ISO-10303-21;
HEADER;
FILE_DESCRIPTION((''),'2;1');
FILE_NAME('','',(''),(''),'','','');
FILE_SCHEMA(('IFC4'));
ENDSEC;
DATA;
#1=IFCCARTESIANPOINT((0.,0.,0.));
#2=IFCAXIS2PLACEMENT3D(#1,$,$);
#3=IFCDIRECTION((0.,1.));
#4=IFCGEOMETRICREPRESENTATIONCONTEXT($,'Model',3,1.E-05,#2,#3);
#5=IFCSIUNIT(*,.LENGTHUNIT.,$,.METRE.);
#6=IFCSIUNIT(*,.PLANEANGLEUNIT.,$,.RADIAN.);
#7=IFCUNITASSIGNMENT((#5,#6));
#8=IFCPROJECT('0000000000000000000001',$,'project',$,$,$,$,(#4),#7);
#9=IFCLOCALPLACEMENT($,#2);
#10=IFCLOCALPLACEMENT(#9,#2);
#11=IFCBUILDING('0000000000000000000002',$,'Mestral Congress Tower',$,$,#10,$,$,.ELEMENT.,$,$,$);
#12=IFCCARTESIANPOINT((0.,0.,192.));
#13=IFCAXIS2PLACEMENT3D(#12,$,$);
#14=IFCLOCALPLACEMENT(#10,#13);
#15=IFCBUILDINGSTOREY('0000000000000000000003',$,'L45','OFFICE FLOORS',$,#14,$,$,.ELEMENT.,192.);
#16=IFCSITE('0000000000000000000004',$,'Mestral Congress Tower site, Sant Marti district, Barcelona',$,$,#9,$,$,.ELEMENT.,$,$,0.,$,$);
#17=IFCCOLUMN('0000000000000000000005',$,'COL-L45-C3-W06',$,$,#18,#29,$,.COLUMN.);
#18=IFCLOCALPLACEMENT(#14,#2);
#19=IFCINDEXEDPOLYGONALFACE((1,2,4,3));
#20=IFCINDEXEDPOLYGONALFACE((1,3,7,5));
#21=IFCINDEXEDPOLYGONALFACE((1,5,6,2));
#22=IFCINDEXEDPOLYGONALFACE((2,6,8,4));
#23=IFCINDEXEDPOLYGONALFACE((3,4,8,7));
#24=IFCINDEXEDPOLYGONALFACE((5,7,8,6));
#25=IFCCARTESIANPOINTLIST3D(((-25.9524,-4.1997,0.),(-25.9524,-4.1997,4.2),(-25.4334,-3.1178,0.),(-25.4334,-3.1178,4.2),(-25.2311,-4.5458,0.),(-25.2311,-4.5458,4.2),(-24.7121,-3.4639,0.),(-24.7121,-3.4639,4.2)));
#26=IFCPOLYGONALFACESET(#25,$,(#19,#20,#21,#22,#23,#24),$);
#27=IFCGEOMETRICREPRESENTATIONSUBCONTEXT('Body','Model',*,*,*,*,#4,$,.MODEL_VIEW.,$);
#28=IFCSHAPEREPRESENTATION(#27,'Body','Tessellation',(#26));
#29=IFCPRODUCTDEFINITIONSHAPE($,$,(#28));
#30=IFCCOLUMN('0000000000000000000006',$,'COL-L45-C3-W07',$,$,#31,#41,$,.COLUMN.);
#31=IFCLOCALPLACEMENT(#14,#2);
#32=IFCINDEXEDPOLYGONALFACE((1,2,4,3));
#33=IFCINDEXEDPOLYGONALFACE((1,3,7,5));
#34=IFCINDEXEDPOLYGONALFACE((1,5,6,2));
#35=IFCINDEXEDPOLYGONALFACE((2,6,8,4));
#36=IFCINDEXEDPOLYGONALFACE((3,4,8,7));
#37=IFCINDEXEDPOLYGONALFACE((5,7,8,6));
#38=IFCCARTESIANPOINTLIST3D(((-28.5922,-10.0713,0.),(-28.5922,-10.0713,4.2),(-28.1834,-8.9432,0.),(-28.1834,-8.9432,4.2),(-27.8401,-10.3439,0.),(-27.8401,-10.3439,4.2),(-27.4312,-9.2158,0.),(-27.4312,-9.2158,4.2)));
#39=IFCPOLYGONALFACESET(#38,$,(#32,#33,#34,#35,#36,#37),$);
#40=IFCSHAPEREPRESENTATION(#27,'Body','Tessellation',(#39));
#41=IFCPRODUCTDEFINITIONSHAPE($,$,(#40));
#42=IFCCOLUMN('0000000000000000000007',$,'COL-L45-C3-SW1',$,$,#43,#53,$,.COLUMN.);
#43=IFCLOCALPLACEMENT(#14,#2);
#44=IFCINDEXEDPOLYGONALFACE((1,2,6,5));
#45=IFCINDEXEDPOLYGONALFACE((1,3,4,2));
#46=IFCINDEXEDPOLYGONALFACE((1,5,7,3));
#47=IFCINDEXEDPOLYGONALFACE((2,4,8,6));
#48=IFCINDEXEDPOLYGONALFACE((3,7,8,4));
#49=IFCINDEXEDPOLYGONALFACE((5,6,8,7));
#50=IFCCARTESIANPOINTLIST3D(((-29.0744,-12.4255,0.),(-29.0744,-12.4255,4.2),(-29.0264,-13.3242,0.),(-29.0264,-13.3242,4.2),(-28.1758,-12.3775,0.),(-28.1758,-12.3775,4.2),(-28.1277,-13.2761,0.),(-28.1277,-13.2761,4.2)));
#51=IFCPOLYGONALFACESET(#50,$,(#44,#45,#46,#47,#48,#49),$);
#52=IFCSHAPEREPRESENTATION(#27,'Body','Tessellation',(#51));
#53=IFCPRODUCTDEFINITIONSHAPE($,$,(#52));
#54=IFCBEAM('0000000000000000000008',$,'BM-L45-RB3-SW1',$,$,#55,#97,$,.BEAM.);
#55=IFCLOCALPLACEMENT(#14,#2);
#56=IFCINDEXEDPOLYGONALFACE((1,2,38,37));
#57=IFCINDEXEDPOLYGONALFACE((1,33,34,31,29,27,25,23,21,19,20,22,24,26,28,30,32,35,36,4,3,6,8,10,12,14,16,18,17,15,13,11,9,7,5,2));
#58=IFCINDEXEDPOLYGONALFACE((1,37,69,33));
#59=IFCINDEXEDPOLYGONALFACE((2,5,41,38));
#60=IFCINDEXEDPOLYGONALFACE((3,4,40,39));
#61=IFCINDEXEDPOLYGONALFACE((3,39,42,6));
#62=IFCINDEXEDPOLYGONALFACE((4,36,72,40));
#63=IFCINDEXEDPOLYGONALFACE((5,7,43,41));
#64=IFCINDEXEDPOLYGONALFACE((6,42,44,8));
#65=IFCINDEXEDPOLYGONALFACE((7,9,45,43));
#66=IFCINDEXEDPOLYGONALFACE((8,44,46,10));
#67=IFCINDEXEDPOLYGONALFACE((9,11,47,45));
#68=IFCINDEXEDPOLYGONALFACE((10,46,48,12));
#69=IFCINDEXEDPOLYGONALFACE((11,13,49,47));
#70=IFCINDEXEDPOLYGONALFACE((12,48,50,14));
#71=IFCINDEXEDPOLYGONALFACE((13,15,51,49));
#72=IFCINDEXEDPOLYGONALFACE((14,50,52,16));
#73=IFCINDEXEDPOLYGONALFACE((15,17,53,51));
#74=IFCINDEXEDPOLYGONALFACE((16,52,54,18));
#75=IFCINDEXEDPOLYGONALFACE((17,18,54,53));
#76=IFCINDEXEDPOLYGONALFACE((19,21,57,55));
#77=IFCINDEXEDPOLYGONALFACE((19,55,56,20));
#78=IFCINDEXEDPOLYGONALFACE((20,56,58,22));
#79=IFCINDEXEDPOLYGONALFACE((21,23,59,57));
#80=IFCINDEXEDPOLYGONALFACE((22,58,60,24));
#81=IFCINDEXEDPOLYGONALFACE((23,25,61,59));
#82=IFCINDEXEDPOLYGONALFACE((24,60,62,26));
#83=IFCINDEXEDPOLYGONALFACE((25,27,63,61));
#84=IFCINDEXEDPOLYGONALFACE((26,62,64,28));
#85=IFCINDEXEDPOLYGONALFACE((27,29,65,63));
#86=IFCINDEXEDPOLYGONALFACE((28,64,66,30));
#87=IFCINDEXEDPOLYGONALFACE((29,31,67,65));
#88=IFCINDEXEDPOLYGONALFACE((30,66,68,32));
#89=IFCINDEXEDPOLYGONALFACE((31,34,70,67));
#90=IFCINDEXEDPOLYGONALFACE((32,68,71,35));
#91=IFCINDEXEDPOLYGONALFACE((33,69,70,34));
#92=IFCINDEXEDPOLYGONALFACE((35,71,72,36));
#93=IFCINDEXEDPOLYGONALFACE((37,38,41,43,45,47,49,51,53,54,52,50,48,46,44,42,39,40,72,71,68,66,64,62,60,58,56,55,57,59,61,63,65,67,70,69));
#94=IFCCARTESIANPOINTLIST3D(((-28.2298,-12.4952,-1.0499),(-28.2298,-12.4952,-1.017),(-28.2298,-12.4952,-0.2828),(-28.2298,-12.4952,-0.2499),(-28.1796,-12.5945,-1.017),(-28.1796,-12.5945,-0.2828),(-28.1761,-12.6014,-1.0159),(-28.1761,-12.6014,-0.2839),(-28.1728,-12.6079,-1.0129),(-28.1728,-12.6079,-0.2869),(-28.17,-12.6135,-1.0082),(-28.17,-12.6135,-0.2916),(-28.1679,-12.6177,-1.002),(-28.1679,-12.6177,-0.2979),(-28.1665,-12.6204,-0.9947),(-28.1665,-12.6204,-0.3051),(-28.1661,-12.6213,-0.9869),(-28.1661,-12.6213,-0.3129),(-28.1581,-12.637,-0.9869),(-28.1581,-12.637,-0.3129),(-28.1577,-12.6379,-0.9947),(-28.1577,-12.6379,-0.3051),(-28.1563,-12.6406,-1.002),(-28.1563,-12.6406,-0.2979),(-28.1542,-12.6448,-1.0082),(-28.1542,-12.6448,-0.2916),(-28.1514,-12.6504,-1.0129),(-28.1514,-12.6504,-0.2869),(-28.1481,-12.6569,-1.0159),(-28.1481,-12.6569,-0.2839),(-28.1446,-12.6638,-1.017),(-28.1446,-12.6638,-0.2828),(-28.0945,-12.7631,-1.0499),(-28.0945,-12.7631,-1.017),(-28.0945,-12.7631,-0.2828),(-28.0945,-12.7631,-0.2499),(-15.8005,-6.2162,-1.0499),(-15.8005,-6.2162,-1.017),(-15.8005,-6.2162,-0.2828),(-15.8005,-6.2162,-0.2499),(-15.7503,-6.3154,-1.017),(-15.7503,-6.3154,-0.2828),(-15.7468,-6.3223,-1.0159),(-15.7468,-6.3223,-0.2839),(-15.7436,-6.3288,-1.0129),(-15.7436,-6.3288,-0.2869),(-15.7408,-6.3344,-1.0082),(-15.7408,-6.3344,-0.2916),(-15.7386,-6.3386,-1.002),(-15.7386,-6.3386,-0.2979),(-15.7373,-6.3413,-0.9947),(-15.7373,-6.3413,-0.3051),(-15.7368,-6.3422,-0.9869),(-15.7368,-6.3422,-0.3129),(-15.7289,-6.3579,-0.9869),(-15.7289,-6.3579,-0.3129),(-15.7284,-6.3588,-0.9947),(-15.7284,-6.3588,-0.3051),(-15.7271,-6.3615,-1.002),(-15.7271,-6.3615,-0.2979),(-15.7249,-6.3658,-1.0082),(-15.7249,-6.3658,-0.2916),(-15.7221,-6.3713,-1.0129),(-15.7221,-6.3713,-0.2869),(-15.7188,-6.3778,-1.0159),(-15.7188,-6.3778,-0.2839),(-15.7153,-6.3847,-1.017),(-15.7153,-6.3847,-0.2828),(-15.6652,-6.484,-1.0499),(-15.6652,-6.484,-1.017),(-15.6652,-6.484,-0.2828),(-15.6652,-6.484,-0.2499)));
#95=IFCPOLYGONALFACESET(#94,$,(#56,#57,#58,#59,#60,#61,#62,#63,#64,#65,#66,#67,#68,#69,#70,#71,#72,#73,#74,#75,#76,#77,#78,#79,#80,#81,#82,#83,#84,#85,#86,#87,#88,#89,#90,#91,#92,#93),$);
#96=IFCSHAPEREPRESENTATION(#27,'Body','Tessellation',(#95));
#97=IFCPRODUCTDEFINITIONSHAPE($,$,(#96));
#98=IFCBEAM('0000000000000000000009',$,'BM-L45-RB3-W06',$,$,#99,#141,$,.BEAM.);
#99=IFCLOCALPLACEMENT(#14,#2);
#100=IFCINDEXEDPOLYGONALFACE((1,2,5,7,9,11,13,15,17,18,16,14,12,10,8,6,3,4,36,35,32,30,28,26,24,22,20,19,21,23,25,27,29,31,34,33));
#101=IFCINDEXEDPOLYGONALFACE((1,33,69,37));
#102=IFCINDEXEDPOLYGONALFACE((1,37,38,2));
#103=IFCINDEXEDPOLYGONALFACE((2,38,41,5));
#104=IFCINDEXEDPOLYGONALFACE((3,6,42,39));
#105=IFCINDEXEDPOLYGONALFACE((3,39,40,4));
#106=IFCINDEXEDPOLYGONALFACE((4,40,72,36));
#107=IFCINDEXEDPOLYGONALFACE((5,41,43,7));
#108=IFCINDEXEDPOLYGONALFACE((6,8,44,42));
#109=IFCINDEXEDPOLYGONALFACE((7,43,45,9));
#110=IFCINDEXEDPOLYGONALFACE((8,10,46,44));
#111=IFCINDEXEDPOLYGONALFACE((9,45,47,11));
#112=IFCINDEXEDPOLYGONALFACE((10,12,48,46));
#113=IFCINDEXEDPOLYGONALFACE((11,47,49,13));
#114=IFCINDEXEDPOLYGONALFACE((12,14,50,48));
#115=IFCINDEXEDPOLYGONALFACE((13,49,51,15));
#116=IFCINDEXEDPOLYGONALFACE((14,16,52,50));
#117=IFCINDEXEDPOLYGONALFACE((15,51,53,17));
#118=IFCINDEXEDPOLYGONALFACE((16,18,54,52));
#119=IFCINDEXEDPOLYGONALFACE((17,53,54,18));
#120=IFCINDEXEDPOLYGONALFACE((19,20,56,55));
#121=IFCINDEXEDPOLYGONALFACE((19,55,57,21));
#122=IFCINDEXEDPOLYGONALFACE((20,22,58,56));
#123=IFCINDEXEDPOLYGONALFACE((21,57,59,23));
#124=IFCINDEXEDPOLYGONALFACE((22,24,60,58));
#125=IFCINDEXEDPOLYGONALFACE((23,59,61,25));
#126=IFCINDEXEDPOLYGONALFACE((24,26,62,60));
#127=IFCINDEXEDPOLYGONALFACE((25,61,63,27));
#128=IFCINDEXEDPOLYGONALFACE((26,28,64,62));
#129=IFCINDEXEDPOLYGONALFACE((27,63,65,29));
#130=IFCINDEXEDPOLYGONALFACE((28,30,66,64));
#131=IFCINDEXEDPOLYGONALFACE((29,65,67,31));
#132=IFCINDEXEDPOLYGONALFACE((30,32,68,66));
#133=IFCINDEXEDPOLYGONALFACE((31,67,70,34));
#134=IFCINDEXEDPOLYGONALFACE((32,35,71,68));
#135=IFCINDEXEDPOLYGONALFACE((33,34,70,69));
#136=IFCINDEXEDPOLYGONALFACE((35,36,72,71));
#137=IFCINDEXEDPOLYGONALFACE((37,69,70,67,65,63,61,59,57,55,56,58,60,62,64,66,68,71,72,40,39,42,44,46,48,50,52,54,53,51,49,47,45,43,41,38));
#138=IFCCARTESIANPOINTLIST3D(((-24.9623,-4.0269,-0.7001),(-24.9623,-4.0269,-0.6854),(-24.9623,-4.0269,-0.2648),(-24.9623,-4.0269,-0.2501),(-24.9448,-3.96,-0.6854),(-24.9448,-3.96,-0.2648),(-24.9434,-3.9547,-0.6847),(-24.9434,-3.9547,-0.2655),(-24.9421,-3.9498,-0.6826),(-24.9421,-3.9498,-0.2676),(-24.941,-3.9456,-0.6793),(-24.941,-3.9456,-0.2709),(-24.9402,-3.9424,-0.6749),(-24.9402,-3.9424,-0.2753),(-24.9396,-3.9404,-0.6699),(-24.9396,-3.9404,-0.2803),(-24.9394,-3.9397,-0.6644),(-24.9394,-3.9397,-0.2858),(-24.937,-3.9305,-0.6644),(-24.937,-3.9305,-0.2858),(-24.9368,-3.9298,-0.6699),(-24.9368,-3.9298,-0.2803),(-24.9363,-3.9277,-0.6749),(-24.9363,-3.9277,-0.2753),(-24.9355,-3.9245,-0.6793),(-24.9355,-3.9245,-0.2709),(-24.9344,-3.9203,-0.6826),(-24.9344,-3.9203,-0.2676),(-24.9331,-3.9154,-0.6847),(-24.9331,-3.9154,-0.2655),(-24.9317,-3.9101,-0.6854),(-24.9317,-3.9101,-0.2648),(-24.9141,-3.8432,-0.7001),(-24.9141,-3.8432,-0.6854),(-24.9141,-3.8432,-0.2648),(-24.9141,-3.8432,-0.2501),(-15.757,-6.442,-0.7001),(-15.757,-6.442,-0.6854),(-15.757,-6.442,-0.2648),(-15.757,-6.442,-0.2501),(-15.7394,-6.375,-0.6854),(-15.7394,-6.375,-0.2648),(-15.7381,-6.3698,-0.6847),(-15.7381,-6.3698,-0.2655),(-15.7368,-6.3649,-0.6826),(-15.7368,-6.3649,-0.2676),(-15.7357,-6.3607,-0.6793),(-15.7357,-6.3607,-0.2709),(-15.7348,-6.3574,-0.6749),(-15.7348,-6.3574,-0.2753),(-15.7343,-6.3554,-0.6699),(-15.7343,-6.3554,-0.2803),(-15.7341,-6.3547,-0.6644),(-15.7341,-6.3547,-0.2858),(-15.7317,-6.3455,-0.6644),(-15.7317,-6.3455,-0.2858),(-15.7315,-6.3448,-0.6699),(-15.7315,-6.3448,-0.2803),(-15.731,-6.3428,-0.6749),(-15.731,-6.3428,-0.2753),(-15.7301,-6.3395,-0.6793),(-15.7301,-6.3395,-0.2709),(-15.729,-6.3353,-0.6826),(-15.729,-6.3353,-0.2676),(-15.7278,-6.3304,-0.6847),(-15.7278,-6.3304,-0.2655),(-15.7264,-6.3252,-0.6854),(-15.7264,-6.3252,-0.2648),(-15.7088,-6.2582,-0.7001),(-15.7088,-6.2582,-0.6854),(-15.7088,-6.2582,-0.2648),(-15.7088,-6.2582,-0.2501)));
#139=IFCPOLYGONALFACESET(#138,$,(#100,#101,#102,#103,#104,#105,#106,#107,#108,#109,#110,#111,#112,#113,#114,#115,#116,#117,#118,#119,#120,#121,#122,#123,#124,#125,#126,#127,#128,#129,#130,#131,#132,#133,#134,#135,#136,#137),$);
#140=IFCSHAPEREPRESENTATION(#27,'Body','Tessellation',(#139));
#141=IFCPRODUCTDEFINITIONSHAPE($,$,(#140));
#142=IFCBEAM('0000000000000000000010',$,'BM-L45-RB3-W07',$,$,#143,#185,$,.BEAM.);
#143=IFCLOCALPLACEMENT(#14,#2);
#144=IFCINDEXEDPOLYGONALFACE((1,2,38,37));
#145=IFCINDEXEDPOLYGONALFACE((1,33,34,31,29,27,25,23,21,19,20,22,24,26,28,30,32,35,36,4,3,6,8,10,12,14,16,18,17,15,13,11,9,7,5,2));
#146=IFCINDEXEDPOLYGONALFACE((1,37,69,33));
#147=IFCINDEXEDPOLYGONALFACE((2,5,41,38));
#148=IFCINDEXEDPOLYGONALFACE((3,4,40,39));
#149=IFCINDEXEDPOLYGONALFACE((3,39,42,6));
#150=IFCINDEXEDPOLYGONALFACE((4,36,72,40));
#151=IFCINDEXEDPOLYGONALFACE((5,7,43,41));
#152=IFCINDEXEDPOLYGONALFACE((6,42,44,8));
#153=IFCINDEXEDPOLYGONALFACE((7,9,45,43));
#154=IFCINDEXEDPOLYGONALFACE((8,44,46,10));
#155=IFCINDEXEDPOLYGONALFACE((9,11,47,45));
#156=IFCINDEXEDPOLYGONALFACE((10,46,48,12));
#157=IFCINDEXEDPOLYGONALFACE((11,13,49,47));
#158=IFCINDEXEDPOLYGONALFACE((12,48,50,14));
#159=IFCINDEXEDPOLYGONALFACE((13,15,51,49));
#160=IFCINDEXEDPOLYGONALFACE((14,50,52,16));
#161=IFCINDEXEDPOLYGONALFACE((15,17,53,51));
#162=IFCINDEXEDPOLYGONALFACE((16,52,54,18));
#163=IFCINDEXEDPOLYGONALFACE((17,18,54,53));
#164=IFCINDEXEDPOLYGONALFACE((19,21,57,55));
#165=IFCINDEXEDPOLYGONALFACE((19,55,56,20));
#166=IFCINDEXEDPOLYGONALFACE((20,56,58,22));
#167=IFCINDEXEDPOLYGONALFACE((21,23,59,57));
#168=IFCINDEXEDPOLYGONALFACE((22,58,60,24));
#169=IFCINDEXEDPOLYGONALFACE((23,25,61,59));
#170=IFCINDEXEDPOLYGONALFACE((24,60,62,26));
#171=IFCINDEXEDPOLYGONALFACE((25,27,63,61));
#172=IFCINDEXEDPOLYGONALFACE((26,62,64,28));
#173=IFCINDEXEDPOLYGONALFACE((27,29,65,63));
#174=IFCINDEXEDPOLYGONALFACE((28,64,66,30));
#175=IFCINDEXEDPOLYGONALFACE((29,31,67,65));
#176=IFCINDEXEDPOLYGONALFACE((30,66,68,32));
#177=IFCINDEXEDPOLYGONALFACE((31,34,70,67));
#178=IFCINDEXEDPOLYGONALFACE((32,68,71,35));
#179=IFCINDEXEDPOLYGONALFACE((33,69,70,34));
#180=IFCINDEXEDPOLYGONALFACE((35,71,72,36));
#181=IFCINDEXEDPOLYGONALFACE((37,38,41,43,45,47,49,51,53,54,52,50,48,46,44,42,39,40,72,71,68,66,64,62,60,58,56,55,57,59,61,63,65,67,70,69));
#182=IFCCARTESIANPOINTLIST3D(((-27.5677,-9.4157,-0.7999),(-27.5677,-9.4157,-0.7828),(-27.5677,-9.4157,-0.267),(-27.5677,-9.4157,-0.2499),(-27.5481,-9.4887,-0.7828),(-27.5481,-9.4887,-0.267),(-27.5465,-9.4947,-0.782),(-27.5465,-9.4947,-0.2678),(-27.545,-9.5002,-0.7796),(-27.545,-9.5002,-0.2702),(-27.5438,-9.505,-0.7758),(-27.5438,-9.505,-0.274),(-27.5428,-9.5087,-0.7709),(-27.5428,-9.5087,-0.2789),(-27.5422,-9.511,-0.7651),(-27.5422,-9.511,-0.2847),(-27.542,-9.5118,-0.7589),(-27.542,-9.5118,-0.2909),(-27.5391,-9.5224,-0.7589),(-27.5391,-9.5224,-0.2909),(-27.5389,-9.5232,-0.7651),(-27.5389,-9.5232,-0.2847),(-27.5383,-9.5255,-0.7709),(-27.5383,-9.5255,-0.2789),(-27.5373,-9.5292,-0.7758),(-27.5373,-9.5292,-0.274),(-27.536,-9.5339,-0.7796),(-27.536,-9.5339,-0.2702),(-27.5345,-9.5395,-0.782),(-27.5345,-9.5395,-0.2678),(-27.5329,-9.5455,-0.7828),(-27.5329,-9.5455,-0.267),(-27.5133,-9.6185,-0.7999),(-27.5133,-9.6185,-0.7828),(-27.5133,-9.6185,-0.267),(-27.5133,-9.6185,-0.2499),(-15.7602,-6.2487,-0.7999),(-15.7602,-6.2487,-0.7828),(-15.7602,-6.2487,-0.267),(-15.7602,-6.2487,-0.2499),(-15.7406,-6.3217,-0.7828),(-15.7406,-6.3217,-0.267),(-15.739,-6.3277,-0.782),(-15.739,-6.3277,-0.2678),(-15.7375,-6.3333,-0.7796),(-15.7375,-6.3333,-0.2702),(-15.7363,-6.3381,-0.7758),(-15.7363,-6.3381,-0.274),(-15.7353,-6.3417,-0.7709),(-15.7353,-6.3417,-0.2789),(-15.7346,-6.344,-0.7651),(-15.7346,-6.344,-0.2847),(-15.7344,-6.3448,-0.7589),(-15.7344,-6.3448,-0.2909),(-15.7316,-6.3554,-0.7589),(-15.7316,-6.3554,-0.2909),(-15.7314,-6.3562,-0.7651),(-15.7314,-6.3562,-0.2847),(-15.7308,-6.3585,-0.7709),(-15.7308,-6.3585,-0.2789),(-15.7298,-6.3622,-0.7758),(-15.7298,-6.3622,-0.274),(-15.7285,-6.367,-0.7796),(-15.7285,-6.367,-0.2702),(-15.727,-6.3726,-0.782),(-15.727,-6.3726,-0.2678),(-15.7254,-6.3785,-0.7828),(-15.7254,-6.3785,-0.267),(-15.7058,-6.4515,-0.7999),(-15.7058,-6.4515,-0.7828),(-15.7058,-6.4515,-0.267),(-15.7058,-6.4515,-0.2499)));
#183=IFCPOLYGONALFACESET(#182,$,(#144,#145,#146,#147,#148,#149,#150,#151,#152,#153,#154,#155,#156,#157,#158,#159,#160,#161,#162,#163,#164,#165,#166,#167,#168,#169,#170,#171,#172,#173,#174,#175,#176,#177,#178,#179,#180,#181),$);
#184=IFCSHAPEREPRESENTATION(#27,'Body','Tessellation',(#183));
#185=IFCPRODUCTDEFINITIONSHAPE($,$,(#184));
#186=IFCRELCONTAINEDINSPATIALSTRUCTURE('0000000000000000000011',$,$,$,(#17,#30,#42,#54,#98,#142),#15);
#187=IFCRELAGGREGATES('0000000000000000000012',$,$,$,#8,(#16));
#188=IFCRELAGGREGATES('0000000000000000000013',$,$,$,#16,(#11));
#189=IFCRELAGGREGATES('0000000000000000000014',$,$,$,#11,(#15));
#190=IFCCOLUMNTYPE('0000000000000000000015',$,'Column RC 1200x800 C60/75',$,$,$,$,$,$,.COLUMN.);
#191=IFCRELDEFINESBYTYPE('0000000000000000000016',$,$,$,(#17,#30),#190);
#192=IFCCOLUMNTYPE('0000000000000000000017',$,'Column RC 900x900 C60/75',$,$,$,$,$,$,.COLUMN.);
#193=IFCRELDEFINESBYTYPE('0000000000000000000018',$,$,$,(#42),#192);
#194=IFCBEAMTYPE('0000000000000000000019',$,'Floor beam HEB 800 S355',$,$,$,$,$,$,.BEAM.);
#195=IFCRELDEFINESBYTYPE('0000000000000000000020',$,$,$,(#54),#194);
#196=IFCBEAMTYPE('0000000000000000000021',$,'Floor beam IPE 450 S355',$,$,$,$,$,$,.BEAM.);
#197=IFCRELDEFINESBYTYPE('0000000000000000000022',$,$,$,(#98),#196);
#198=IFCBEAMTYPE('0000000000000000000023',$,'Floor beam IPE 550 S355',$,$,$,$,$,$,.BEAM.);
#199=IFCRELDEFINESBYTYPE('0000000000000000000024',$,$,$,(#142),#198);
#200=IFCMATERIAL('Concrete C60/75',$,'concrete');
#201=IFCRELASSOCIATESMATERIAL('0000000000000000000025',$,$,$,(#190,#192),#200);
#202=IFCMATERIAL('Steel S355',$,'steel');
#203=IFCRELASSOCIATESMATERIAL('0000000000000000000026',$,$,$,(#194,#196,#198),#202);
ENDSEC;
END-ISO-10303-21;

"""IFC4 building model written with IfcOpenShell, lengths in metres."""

from ifc_helpers import new_model, si_unit, direction, frame, origin, origin_2d, place, context, subcontext, project, spatial, rectangle, i_section, extrude, material, material_profile, profile_set, type_object, element, save


model = new_model("IFC4")

# Units and contexts
model_context = context("Model", 3, precision=1e-05, world=origin(), true_north=direction((0.0, 1.0)))
body_context = subcontext(model_context, "Body", "Model", "MODEL_VIEW")
ifc_project = project(units=[si_unit("LENGTHUNIT", "METRE"), si_unit("PLANEANGLEUNIT", "RADIAN")], contexts=[model_context])

# Site, building, storey
site_placement = place(None, origin())
site = spatial("IfcSite", under=ifc_project, at=site_placement, Name="Mestral Congress Tower site, Sant Marti district, Barcelona", CompositionType="ELEMENT", RefElevation=0.0)
building_placement = place(site_placement, origin())
building = spatial("IfcBuilding", under=site, at=building_placement, Name="Mestral Congress Tower", CompositionType="ELEMENT")
storey_placement = place(building_placement, frame((0.0, 0.0, 192.0)))
storey = spatial("IfcBuildingStorey", under=building, at=storey_placement, Name="L45", Description="OFFICE FLOORS", CompositionType="ELEMENT", Elevation=192.0)

# Columns
ifc_material_1 = material(Name="Concrete C60/75", Category="concrete")
ifc_material_profile_1 = material_profile(ifc_material_1, rectangle(XDim=1.2, YDim=0.8, at=origin_2d()), Name="RC 1200x800")
ifc_profile_set_1 = profile_set([ifc_material_profile_1], Name="Concrete C60/75")
column_type_1 = type_object("IfcColumnType", Name="Column RC 1200x800 C60/75", PredefinedType="COLUMN", material=ifc_profile_set_1)
for number, where, z_axis, x_axis, name in (
    (1, (-25.3323, -3.8318, 0.0), (0.0, 0.0, 1.0), (-0.432522, -0.901624, 0.0), "COL-L45-C3-W06"),
    (2, (-28.0117, -9.6436, 0.0), (0.0, 0.0, 1.0), (-0.340744, -0.940156, 0.0), "COL-L45-C3-W07"),
):
    element("IfcColumn", number, at=place(storey_placement, frame(where, z_axis=z_axis, x_axis=x_axis)), inside=storey, type_object=column_type_1, Name=name, PredefinedType="COLUMN", context=body_context, shape_type="SweptSolid", body=[
        extrude(rectangle(XDim=1.2, YDim=0.8, at=origin_2d()), origin(), (0.0, 0.0, 1.0), 4.2),
    ])
ifc_material_profile_2 = material_profile(ifc_material_1, rectangle(XDim=0.8999, YDim=0.8999, at=origin_2d()), Name="RC 900x900")
ifc_profile_set_2 = profile_set([ifc_material_profile_2], Name="Concrete C60/75")
column_type_2 = type_object("IfcColumnType", Name="Column RC 900x900 C60/75", PredefinedType="COLUMN", material=ifc_profile_set_2)
column_placement = place(storey_placement, frame((-28.6011, -12.8508, 0.0), z_axis=(0.0, 0.0, 1.0), x_axis=(0.053392, -0.998574, 0.0)))
element("IfcColumn", 3, at=column_placement, inside=storey, type_object=column_type_2, Name="COL-L45-C3-SW1", PredefinedType="COLUMN", context=body_context, shape_type="SweptSolid", body=[
    extrude(rectangle(XDim=0.8999, YDim=0.8999, at=origin_2d()), origin(), (0.0, 0.0, 1.0), 4.2),
])

# Beams
ifc_material_2 = material(Name="Steel S355", Category="steel")
ifc_material_profile_3 = material_profile(ifc_material_2, i_section(OverallWidth=0.3, OverallDepth=0.8, WebThickness=0.0176, FlangeThickness=0.033, FilletRadius=0.03, at=origin_2d()), Name="HEB 800")
ifc_profile_set_3 = profile_set([ifc_material_profile_3], Name="Steel S355")
beam_type_1 = type_object("IfcBeamType", Name="Floor beam HEB 800 S355", PredefinedType="BEAM", material=ifc_profile_set_3)
beam_1_placement = place(storey_placement, frame((-28.1621, -12.6292, -0.6499), z_axis=(0.892568, 0.450913, 0.0), x_axis=(-0.450913, 0.892568, 0.0)))
element("IfcBeam", 4, at=beam_1_placement, inside=storey, type_object=beam_type_1, Name="BM-L45-RB3-SW1", PredefinedType="BEAM", context=body_context, shape_type="SweptSolid", body=[
    extrude(i_section(OverallWidth=0.3, OverallDepth=0.8, WebThickness=0.0176, FlangeThickness=0.033, FilletRadius=0.03, at=origin_2d()), origin(), (0.0, 0.0, 1.0), 13.9253),
])
ifc_material_profile_4 = material_profile(ifc_material_2, i_section(OverallWidth=0.1899, OverallDepth=0.45, WebThickness=0.0095, FlangeThickness=0.0146, FilletRadius=0.021, at=origin_2d()), Name="IPE 450")
ifc_profile_set_4 = profile_set([ifc_material_profile_4], Name="Steel S355")
beam_type_2 = type_object("IfcBeamType", Name="Floor beam IPE 450 S355", PredefinedType="BEAM", material=ifc_profile_set_4)
beam_2_placement = place(storey_placement, frame((-24.9382, -3.9351, -0.4751), z_axis=(0.967266, -0.253765, 0.0), x_axis=(0.253765, 0.967266, 0.0)))
element("IfcBeam", 5, at=beam_2_placement, inside=storey, type_object=beam_type_2, Name="BM-L45-RB3-W06", PredefinedType="BEAM", context=body_context, shape_type="SweptSolid", body=[
    extrude(i_section(OverallWidth=0.1899, OverallDepth=0.45, WebThickness=0.0095, FlangeThickness=0.0146, FilletRadius=0.021, at=origin_2d()), origin(), (0.0, 0.0, 1.0), 9.5168),
])
ifc_material_profile_5 = material_profile(ifc_material_2, i_section(OverallWidth=0.21, OverallDepth=0.55, WebThickness=0.011, FlangeThickness=0.0171, FilletRadius=0.0239, at=origin_2d()), Name="IPE 550")
ifc_profile_set_5 = profile_set([ifc_material_profile_5], Name="Steel S355")
beam_type_3 = type_object("IfcBeamType", Name="Floor beam IPE 550 S355", PredefinedType="BEAM", material=ifc_profile_set_5)
beam_3_placement = place(storey_placement, frame((-27.5405, -9.5171, -0.5249), z_axis=(0.965861, 0.259059, 0.0), x_axis=(-0.259059, 0.965861, 0.0)))
element("IfcBeam", 6, at=beam_3_placement, inside=storey, type_object=beam_type_3, Name="BM-L45-RB3-W07", PredefinedType="BEAM", context=body_context, shape_type="SweptSolid", body=[
    extrude(i_section(OverallWidth=0.21, OverallDepth=0.55, WebThickness=0.011, FlangeThickness=0.0171, FilletRadius=0.0239, at=origin_2d()), origin(), (0.0, 0.0, 1.0), 12.2249),
])

save(model, "model.ifc")
